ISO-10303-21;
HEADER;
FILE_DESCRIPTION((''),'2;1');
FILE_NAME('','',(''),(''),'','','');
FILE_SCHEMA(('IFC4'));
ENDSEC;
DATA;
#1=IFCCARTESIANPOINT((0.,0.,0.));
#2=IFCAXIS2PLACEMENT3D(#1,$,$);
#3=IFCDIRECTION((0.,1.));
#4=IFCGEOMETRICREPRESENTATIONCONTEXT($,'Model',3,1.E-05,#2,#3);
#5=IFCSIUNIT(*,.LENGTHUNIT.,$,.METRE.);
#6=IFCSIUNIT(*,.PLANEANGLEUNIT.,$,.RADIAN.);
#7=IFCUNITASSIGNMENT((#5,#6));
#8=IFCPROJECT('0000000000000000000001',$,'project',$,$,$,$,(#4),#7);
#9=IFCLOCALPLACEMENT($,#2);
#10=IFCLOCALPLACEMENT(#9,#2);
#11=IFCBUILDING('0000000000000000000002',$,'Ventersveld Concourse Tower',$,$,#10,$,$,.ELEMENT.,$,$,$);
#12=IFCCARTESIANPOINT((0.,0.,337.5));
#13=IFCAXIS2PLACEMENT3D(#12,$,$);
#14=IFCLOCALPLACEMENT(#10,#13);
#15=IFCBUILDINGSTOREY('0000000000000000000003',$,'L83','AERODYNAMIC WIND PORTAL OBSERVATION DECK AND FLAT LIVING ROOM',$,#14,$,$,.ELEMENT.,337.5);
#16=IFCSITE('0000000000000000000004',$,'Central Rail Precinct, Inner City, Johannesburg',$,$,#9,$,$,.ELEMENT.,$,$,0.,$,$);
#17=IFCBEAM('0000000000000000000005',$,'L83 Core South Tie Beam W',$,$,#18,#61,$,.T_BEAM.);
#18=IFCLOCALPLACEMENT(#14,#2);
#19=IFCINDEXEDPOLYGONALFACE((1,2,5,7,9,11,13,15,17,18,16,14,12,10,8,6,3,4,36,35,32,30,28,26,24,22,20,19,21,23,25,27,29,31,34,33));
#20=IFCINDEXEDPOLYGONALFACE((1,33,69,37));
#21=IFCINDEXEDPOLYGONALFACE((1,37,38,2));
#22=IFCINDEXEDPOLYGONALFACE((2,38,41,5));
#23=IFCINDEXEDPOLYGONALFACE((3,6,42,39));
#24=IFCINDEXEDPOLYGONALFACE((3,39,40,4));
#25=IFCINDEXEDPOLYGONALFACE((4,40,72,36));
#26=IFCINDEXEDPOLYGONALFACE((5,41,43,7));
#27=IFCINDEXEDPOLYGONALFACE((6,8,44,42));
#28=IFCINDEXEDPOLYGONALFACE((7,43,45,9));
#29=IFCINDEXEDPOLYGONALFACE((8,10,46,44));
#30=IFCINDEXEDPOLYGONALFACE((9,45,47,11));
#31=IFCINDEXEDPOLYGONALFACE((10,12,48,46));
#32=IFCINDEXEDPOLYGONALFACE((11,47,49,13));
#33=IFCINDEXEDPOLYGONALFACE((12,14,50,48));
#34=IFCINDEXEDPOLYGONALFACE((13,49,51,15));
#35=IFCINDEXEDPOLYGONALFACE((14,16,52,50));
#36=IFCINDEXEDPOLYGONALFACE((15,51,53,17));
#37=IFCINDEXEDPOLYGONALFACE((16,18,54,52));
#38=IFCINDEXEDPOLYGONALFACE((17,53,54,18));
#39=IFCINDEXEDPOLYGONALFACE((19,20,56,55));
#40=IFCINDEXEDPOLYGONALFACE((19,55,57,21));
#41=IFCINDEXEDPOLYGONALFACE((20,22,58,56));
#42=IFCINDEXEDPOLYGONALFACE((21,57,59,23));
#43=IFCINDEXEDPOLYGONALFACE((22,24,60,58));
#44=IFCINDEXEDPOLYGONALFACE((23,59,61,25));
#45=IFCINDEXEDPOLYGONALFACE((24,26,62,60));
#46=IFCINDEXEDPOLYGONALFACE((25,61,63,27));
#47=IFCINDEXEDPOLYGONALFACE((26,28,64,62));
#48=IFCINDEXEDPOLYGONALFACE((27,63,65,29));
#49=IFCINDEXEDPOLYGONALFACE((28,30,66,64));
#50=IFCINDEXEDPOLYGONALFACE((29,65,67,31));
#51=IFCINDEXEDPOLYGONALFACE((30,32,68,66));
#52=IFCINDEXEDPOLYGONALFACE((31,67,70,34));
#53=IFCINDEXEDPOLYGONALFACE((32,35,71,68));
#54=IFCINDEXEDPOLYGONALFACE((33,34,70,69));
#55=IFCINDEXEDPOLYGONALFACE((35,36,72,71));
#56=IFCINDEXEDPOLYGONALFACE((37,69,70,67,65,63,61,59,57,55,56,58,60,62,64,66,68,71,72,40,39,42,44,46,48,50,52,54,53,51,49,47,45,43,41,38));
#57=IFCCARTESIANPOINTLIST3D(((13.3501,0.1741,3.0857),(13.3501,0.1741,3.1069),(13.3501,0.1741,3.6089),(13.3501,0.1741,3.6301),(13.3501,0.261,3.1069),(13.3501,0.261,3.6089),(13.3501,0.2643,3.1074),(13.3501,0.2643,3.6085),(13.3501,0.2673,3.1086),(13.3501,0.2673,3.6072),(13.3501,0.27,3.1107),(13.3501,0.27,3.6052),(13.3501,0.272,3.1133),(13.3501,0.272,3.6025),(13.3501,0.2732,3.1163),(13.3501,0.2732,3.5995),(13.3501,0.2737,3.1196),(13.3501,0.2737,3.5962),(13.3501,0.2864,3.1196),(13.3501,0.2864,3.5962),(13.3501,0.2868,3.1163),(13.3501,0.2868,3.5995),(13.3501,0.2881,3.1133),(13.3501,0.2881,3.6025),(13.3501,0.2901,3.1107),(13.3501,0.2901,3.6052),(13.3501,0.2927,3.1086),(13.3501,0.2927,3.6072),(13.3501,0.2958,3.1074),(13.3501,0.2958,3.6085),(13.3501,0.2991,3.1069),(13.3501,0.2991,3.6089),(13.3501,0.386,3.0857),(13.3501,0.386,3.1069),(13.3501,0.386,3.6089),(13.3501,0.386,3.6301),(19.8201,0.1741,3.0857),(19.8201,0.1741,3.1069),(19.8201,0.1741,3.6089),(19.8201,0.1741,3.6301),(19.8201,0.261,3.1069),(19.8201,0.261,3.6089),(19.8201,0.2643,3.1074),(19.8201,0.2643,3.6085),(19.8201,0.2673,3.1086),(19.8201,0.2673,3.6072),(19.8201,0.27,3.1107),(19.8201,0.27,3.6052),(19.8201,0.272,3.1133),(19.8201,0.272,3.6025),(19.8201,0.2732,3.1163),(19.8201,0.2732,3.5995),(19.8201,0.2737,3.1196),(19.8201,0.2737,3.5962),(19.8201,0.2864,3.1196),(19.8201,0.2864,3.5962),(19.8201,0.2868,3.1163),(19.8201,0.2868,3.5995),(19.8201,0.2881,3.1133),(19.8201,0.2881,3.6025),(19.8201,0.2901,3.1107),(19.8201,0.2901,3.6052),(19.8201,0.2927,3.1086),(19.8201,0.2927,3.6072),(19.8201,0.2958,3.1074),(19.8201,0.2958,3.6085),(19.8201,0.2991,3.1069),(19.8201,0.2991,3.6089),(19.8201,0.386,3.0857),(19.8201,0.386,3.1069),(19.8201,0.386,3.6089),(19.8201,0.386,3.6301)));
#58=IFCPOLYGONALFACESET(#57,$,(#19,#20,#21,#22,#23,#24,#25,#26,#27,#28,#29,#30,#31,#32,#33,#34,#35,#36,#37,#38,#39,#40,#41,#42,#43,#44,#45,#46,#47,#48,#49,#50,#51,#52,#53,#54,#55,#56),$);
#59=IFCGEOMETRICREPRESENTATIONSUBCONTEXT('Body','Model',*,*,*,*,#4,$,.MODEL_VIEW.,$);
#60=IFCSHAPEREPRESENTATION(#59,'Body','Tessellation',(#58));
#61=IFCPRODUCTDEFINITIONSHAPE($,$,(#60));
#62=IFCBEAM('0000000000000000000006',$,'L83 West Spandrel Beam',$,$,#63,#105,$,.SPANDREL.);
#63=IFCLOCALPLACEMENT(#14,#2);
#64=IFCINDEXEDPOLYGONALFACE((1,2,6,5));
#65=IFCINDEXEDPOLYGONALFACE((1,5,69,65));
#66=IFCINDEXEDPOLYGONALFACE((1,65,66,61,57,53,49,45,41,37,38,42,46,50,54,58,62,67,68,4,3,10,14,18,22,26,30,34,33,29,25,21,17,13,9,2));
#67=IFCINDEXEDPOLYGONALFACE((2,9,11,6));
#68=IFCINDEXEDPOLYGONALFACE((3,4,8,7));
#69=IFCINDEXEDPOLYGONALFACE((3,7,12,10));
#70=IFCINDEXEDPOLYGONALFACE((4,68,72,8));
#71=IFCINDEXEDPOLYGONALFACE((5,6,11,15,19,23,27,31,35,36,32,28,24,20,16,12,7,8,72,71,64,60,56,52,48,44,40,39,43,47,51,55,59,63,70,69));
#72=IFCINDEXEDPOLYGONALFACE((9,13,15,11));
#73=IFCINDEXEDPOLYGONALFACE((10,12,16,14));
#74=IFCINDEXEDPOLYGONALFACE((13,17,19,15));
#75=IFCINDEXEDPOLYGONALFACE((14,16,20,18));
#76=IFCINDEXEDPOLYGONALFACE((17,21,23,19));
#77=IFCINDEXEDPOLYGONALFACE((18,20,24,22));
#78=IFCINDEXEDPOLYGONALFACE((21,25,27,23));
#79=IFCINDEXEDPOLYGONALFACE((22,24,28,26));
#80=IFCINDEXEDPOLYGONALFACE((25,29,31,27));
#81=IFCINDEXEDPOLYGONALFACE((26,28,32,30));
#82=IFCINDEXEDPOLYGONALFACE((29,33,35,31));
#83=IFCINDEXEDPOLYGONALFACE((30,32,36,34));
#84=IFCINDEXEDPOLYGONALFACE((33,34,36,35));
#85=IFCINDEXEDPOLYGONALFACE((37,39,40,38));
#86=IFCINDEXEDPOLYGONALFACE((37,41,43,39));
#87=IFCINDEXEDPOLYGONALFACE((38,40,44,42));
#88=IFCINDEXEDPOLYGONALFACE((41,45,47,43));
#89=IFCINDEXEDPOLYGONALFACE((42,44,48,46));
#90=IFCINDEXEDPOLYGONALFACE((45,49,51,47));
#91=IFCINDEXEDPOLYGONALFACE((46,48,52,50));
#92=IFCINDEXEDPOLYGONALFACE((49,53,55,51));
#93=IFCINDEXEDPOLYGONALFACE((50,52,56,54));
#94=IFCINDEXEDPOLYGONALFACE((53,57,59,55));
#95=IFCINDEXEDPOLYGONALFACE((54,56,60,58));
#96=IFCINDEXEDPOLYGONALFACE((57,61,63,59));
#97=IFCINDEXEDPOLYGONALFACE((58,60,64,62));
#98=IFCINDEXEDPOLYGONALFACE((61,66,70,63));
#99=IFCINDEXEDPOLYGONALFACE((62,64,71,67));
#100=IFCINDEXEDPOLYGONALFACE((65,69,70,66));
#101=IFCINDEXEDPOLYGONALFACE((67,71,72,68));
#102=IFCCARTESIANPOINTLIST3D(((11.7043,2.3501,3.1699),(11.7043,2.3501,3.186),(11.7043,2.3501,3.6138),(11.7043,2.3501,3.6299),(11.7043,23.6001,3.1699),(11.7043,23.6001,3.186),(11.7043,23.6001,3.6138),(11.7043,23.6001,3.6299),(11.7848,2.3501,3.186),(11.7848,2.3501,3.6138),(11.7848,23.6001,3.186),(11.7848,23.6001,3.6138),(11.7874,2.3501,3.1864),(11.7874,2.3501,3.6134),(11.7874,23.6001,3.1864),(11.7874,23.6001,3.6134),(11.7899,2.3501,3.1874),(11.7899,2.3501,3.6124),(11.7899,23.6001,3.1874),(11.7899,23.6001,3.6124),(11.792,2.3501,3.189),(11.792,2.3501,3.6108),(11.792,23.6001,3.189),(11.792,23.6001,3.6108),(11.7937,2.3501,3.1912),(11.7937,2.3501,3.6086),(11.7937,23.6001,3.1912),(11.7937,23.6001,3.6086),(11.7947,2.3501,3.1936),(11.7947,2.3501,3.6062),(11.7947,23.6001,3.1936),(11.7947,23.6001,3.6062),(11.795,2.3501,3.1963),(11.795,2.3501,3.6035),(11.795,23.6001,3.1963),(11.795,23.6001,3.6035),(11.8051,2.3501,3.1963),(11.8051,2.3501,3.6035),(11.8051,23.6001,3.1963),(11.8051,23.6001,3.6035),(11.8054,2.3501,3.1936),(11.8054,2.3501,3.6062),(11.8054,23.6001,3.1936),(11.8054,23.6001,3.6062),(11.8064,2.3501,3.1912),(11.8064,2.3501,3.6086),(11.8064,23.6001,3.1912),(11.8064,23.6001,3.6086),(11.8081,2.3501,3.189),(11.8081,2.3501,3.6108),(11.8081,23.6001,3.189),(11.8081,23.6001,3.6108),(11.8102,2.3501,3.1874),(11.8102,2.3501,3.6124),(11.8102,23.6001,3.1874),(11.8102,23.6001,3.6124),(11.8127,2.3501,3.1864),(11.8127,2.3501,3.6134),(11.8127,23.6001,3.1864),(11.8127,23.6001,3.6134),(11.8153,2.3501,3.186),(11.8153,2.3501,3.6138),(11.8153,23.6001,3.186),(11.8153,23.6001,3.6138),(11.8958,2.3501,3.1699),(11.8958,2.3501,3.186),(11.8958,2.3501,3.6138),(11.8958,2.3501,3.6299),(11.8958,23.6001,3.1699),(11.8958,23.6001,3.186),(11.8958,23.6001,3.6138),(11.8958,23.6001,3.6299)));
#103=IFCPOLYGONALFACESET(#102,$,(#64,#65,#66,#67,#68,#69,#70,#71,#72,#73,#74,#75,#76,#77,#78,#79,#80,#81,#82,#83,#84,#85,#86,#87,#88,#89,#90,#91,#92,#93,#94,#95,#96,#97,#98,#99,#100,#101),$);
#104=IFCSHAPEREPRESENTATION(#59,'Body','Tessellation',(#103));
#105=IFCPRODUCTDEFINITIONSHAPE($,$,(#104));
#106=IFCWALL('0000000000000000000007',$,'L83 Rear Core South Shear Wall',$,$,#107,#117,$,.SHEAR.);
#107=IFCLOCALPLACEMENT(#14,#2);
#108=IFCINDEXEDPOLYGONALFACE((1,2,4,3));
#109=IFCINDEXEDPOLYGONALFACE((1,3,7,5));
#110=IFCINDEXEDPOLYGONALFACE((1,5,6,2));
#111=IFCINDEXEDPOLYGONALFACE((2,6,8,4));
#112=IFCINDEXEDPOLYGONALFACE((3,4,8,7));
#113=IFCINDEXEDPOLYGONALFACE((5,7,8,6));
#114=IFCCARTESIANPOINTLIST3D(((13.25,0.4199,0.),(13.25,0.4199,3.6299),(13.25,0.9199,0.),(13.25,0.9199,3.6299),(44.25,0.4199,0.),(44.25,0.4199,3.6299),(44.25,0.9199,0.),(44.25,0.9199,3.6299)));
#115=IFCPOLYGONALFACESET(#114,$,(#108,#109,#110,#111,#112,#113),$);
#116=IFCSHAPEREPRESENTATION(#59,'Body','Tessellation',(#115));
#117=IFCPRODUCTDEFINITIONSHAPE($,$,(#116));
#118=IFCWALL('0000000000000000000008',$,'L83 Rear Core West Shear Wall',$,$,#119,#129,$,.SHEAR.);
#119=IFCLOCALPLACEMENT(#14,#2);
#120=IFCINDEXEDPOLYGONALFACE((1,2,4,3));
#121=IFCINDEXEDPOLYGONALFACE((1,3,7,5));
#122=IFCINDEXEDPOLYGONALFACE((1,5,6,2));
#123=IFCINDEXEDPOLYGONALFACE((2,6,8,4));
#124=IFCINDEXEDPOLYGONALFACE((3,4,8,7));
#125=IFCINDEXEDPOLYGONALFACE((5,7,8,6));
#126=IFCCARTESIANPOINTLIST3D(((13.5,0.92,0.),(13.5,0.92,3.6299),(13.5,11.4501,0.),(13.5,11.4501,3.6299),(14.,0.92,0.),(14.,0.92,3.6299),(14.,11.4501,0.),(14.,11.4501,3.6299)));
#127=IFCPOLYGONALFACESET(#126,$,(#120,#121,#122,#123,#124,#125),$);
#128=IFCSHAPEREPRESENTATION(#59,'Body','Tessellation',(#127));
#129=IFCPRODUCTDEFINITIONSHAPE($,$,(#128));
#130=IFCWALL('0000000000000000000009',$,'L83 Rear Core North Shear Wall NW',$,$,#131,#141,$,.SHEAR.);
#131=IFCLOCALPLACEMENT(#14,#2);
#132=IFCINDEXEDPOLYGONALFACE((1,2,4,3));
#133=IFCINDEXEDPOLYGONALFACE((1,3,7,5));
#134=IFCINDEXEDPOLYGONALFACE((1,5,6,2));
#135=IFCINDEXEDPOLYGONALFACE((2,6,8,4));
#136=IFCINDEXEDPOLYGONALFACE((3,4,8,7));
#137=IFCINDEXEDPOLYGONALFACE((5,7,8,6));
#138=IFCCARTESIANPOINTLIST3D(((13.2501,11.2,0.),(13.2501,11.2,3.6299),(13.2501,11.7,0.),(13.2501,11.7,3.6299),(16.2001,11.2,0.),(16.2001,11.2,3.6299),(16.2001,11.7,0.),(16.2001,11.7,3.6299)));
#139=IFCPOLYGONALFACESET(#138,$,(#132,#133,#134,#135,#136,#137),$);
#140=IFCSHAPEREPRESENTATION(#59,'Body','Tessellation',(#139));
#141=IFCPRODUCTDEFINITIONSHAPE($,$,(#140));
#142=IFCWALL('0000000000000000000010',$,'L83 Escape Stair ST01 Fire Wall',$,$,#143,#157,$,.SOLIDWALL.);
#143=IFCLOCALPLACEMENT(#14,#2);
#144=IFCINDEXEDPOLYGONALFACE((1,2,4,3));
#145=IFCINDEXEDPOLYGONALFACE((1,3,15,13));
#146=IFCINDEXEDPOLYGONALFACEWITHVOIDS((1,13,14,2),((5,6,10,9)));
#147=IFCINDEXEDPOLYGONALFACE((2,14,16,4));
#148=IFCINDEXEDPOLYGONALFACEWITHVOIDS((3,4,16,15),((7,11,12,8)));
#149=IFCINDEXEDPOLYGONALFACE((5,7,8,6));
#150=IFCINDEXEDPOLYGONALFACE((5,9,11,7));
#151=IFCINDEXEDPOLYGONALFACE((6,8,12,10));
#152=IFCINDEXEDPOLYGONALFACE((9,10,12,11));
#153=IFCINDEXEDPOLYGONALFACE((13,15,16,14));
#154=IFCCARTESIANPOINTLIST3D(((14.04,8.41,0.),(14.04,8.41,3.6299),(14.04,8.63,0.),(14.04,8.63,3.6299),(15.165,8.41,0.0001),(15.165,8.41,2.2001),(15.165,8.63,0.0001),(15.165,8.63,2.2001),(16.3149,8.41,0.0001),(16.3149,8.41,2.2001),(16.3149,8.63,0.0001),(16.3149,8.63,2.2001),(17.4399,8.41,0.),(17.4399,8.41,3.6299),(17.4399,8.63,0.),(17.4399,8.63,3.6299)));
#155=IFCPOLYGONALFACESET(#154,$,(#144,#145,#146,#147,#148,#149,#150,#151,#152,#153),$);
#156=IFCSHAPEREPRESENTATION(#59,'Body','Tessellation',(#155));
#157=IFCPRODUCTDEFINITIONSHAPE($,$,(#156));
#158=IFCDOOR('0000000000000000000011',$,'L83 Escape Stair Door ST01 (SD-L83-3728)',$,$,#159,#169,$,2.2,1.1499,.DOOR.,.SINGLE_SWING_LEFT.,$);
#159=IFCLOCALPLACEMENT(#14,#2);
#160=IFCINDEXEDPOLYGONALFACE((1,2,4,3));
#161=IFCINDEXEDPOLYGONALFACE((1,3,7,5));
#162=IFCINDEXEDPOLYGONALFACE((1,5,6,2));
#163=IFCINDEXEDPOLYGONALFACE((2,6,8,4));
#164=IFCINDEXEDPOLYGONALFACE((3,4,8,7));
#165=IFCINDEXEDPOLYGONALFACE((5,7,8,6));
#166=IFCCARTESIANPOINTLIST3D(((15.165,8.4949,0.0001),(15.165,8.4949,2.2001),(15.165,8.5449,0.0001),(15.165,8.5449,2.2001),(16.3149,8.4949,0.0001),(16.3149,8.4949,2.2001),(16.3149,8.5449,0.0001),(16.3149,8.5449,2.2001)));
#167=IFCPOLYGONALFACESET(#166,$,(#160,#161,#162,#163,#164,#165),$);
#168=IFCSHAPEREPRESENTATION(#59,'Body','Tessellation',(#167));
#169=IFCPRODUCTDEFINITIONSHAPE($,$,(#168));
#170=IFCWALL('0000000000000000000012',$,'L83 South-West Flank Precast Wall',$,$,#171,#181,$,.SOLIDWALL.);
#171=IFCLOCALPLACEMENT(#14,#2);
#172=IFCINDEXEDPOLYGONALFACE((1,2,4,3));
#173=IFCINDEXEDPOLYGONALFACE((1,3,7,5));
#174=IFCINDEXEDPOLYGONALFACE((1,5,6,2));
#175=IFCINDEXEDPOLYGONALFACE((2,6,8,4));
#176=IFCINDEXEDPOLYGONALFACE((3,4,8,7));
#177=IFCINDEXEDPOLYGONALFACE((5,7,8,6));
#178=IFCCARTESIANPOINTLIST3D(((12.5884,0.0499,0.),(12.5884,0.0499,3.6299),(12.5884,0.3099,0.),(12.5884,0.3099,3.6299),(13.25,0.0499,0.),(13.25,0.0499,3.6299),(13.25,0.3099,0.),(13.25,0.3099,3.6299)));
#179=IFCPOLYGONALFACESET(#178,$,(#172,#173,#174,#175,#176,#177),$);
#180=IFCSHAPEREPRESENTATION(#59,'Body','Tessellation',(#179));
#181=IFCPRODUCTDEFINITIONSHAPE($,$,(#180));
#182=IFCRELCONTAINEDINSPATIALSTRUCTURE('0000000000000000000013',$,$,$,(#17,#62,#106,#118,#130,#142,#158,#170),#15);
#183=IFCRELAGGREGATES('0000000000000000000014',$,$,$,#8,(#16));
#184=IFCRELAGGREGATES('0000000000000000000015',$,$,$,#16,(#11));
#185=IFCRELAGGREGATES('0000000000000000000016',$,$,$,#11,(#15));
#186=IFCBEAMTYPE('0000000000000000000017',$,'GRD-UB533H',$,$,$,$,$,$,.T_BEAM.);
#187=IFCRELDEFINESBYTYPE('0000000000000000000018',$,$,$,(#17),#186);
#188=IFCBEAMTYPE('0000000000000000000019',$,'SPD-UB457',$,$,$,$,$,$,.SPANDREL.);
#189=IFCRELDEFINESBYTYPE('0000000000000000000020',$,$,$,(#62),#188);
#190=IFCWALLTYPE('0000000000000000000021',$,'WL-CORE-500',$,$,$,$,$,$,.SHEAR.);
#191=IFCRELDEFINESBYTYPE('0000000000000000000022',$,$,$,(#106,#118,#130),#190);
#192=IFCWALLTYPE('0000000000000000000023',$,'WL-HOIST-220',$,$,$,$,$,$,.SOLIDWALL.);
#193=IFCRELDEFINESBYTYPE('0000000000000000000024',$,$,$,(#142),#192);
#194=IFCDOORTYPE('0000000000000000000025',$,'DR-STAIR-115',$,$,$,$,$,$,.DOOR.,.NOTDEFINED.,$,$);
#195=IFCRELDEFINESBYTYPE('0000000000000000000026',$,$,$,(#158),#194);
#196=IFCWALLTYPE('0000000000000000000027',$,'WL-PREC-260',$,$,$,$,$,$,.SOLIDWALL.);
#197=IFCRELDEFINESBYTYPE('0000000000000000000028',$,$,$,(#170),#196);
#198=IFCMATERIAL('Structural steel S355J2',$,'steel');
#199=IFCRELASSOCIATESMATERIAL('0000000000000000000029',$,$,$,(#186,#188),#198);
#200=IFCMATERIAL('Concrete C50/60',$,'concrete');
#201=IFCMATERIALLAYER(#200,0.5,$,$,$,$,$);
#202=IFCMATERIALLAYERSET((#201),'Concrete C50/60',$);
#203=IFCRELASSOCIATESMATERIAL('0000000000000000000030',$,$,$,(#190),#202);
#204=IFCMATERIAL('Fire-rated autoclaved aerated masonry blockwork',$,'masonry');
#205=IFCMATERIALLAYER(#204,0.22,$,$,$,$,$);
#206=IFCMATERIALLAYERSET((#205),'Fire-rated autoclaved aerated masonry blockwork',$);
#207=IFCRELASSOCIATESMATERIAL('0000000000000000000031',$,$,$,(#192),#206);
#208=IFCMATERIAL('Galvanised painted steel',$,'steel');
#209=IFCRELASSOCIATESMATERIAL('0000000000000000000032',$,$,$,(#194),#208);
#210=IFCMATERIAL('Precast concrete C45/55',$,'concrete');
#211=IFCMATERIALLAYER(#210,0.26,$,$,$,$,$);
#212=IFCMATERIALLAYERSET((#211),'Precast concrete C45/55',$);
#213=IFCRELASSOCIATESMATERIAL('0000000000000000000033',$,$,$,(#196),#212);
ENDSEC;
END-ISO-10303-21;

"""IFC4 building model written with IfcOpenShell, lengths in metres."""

from ifc_helpers import new_model, si_unit, direction, frame, frame_2d, origin, origin_2d, place, context, subcontext, project, spatial, rectangle, i_section, extrude, material, layer, layer_set, material_profile, profile_set, type_object, element, fill, save


model = new_model("IFC4")

# Units and contexts
model_context = context("Model", 3, precision=1e-05, world=origin(), true_north=direction((0.0, 1.0)))
body_context = subcontext(model_context, "Body", "Model", "MODEL_VIEW")
ifc_project = project(units=[si_unit("LENGTHUNIT", "METRE"), si_unit("PLANEANGLEUNIT", "RADIAN")], contexts=[model_context])

# Site, building, storey
site_placement = place(None, origin())
site = spatial("IfcSite", under=ifc_project, at=site_placement, Name="Central Rail Precinct, Inner City, Johannesburg", CompositionType="ELEMENT", RefElevation=0.0)
building_placement = place(site_placement, origin())
building = spatial("IfcBuilding", under=site, at=building_placement, Name="Ventersveld Concourse Tower", CompositionType="ELEMENT")
storey_placement = place(building_placement, frame((0.0, 0.0, 337.5)))
storey = spatial("IfcBuildingStorey", under=building, at=storey_placement, Name="L83", Description="AERODYNAMIC WIND PORTAL OBSERVATION DECK AND FLAT LIVING ROOM", CompositionType="ELEMENT", Elevation=337.5)

# Shared definitions
ifc_material_1 = material(Name="Concrete C50/60", Category="concrete")

# Beams
ifc_material_2 = material(Name="Structural steel S355J2", Category="steel")
ifc_material_profile_1 = material_profile(ifc_material_2, i_section(OverallWidth=0.2119, OverallDepth=0.5444, WebThickness=0.0127, FlangeThickness=0.0212, FilletRadius=0.0127, at=origin_2d()), Name="UB 533x210x122")
ifc_profile_set_1 = profile_set([ifc_material_profile_1], Name="Structural steel S355J2")
beam_type_1 = type_object("IfcBeamType", Name="GRD-UB533H", PredefinedType="T_BEAM", material=ifc_profile_set_1)
beam_1_placement = place(storey_placement, frame((13.3501, 0.28, 3.3579), z_axis=(1.0, 0.0, 0.0), x_axis=(0.0, 1.0, 0.0)))
element("IfcBeam", 1, at=beam_1_placement, inside=storey, type_object=beam_type_1, Name="L83 Core South Tie Beam W", PredefinedType="T_BEAM", context=body_context, shape_type="SweptSolid", body=[
    extrude(i_section(OverallWidth=0.2119, OverallDepth=0.5444, WebThickness=0.0127, FlangeThickness=0.0212, FilletRadius=0.0127, at=origin_2d()), origin(), (0.0, 0.0, 1.0), 6.47),
])
ifc_material_profile_2 = material_profile(ifc_material_2, i_section(OverallWidth=0.1914, OverallDepth=0.46, WebThickness=0.01, FlangeThickness=0.0161, FilletRadius=0.0103, at=origin_2d()), Name="UB 457x191x82")
ifc_profile_set_2 = profile_set([ifc_material_profile_2], Name="Structural steel S355J2")
beam_type_2 = type_object("IfcBeamType", Name="SPD-UB457", PredefinedType="SPANDREL", material=ifc_profile_set_2)
beam_2_placement = place(storey_placement, frame((11.8, 2.3501, 3.3999), z_axis=(0.0, 1.0, 0.0), x_axis=(-1.0, 0.0, 0.0)))
element("IfcBeam", 2, at=beam_2_placement, inside=storey, type_object=beam_type_2, Name="L83 West Spandrel Beam", PredefinedType="SPANDREL", context=body_context, shape_type="SweptSolid", body=[
    extrude(i_section(OverallWidth=0.1914, OverallDepth=0.46, WebThickness=0.01, FlangeThickness=0.0161, FilletRadius=0.0103, at=origin_2d()), origin(), (0.0, 0.0, 1.0), 21.25),
])

# Walls
ifc_layer_1 = layer(ifc_material_1, 0.5)
ifc_layer_set_1 = layer_set([ifc_layer_1], Name="Concrete C50/60")
wall_type_1 = type_object("IfcWallType", Name="WL-CORE-500", PredefinedType="SHEAR", material=ifc_layer_set_1)
wall_1_placement = place(storey_placement, frame((13.25, 0.6699, 0.0), z_axis=(0.0, 0.0, 1.0), x_axis=(1.0, 0.0, 0.0)))
element("IfcWall", 3, at=wall_1_placement, inside=storey, type_object=wall_type_1, Name="L83 Rear Core South Shear Wall", PredefinedType="SHEAR", context=body_context, shape_type="SweptSolid", body=[
    extrude(rectangle(XDim=31.0, YDim=0.5, at=frame_2d((15.5, 0.0))), origin(), (0.0, 0.0, 1.0), 3.6299),
])
wall_2_placement = place(storey_placement, frame((13.75, 0.9199, 0.0), z_axis=(0.0, 0.0, 1.0), x_axis=(0.0, 1.0, 0.0)))
element("IfcWall", 4, at=wall_2_placement, inside=storey, type_object=wall_type_1, Name="L83 Rear Core West Shear Wall", PredefinedType="SHEAR", context=body_context, shape_type="SweptSolid", body=[
    extrude(rectangle(XDim=10.53, YDim=0.5, at=frame_2d((5.2651, 0.0))), origin(), (0.0, 0.0, 1.0), 3.6299),
])
wall_3_placement = place(storey_placement, frame((13.25, 11.45, 0.0), z_axis=(0.0, 0.0, 1.0), x_axis=(1.0, 0.0, 0.0)))
element("IfcWall", 5, at=wall_3_placement, inside=storey, type_object=wall_type_1, Name="L83 Rear Core North Shear Wall NW", PredefinedType="SHEAR", context=body_context, shape_type="SweptSolid", body=[
    extrude(rectangle(XDim=2.95, YDim=0.5, at=frame_2d((1.4751, 0.0))), origin(), (0.0, 0.0, 1.0), 3.6299),
])

# Wall, opening, door
ifc_material_3 = material(Name="Fire-rated autoclaved aerated masonry blockwork", Category="masonry")
ifc_layer_2 = layer(ifc_material_3, 0.22)
ifc_layer_set_2 = layer_set([ifc_layer_2], Name="Fire-rated autoclaved aerated masonry blockwork")
wall_type_2 = type_object("IfcWallType", Name="WL-HOIST-220", PredefinedType="SOLIDWALL", material=ifc_layer_set_2)
wall_4_placement = place(storey_placement, frame((14.04, 8.52, 0.0), z_axis=(0.0, 0.0, 1.0), x_axis=(1.0, 0.0, 0.0)))
wall_4 = element("IfcWall", 6, at=wall_4_placement, inside=storey, type_object=wall_type_2, Name="L83 Escape Stair ST01 Fire Wall", PredefinedType="SOLIDWALL", context=body_context, shape_type="SweptSolid", body=[
    extrude(rectangle(XDim=3.3999, YDim=0.22, at=frame_2d((1.7, 0.0))), origin(), (0.0, 0.0, 1.0), 3.6299),
])
opening_1_placement = place(wall_4_placement, frame((1.125, 0.0, 0.0)))
opening_1 = element("IfcOpeningElement", 7, at=opening_1_placement, cuts=wall_4, PredefinedType="OPENING", context=body_context, shape_type="SweptSolid", body=[
    extrude(rectangle(XDim=1.1499, YDim=2.2, at=frame_2d((0.575, 1.1001))), frame((0.0, 0.1201, 0.0), z_axis=(0.0, -1.0, 0.0), x_axis=(1.0, 0.0, 0.0)), (0.0, 0.0, 1.0), 0.24),
])
ifc_material_4 = material(Name="Galvanised painted steel", Category="steel")
door_type_1 = type_object("IfcDoorType", Name="DR-STAIR-115", OperationType="NOTDEFINED", PredefinedType="DOOR", material=ifc_material_4)
door_1_placement = place(opening_1_placement, origin())
door_1 = element("IfcDoor", 8, at=door_1_placement, inside=storey, type_object=door_type_1, Name="L83 Escape Stair Door ST01 (SD-L83-3728)", OperationType="SINGLE_SWING_LEFT", OverallHeight=2.2, OverallWidth=1.1499, PredefinedType="DOOR", context=body_context, shape_type="SweptSolid", body=[
    extrude(rectangle(XDim=1.1499, YDim=2.2, at=frame_2d((0.575, 1.1001))), frame((0.0, 0.0249, 0.0), z_axis=(0.0, -1.0, 0.0), x_axis=(1.0, 0.0, 0.0)), (0.0, 0.0, 1.0), 0.05),
])
fill(opening_1, door_1)

# Wall
ifc_material_5 = material(Name="Precast concrete C45/55", Category="concrete")
ifc_layer_3 = layer(ifc_material_5, 0.26)
ifc_layer_set_3 = layer_set([ifc_layer_3], Name="Precast concrete C45/55")
wall_type_3 = type_object("IfcWallType", Name="WL-PREC-260", PredefinedType="SOLIDWALL", material=ifc_layer_set_3)
wall_5_placement = place(storey_placement, frame((12.5884, 0.1799, 0.0), z_axis=(0.0, 0.0, 1.0), x_axis=(1.0, 0.0, 0.0)))
element("IfcWall", 9, at=wall_5_placement, inside=storey, type_object=wall_type_3, Name="L83 South-West Flank Precast Wall", PredefinedType="SOLIDWALL", context=body_context, shape_type="SweptSolid", body=[
    extrude(rectangle(XDim=0.6616, YDim=0.26, at=frame_2d((0.3308, 0.0))), origin(), (0.0, 0.0, 1.0), 3.6299),
])

save(model, "model.ifc")
